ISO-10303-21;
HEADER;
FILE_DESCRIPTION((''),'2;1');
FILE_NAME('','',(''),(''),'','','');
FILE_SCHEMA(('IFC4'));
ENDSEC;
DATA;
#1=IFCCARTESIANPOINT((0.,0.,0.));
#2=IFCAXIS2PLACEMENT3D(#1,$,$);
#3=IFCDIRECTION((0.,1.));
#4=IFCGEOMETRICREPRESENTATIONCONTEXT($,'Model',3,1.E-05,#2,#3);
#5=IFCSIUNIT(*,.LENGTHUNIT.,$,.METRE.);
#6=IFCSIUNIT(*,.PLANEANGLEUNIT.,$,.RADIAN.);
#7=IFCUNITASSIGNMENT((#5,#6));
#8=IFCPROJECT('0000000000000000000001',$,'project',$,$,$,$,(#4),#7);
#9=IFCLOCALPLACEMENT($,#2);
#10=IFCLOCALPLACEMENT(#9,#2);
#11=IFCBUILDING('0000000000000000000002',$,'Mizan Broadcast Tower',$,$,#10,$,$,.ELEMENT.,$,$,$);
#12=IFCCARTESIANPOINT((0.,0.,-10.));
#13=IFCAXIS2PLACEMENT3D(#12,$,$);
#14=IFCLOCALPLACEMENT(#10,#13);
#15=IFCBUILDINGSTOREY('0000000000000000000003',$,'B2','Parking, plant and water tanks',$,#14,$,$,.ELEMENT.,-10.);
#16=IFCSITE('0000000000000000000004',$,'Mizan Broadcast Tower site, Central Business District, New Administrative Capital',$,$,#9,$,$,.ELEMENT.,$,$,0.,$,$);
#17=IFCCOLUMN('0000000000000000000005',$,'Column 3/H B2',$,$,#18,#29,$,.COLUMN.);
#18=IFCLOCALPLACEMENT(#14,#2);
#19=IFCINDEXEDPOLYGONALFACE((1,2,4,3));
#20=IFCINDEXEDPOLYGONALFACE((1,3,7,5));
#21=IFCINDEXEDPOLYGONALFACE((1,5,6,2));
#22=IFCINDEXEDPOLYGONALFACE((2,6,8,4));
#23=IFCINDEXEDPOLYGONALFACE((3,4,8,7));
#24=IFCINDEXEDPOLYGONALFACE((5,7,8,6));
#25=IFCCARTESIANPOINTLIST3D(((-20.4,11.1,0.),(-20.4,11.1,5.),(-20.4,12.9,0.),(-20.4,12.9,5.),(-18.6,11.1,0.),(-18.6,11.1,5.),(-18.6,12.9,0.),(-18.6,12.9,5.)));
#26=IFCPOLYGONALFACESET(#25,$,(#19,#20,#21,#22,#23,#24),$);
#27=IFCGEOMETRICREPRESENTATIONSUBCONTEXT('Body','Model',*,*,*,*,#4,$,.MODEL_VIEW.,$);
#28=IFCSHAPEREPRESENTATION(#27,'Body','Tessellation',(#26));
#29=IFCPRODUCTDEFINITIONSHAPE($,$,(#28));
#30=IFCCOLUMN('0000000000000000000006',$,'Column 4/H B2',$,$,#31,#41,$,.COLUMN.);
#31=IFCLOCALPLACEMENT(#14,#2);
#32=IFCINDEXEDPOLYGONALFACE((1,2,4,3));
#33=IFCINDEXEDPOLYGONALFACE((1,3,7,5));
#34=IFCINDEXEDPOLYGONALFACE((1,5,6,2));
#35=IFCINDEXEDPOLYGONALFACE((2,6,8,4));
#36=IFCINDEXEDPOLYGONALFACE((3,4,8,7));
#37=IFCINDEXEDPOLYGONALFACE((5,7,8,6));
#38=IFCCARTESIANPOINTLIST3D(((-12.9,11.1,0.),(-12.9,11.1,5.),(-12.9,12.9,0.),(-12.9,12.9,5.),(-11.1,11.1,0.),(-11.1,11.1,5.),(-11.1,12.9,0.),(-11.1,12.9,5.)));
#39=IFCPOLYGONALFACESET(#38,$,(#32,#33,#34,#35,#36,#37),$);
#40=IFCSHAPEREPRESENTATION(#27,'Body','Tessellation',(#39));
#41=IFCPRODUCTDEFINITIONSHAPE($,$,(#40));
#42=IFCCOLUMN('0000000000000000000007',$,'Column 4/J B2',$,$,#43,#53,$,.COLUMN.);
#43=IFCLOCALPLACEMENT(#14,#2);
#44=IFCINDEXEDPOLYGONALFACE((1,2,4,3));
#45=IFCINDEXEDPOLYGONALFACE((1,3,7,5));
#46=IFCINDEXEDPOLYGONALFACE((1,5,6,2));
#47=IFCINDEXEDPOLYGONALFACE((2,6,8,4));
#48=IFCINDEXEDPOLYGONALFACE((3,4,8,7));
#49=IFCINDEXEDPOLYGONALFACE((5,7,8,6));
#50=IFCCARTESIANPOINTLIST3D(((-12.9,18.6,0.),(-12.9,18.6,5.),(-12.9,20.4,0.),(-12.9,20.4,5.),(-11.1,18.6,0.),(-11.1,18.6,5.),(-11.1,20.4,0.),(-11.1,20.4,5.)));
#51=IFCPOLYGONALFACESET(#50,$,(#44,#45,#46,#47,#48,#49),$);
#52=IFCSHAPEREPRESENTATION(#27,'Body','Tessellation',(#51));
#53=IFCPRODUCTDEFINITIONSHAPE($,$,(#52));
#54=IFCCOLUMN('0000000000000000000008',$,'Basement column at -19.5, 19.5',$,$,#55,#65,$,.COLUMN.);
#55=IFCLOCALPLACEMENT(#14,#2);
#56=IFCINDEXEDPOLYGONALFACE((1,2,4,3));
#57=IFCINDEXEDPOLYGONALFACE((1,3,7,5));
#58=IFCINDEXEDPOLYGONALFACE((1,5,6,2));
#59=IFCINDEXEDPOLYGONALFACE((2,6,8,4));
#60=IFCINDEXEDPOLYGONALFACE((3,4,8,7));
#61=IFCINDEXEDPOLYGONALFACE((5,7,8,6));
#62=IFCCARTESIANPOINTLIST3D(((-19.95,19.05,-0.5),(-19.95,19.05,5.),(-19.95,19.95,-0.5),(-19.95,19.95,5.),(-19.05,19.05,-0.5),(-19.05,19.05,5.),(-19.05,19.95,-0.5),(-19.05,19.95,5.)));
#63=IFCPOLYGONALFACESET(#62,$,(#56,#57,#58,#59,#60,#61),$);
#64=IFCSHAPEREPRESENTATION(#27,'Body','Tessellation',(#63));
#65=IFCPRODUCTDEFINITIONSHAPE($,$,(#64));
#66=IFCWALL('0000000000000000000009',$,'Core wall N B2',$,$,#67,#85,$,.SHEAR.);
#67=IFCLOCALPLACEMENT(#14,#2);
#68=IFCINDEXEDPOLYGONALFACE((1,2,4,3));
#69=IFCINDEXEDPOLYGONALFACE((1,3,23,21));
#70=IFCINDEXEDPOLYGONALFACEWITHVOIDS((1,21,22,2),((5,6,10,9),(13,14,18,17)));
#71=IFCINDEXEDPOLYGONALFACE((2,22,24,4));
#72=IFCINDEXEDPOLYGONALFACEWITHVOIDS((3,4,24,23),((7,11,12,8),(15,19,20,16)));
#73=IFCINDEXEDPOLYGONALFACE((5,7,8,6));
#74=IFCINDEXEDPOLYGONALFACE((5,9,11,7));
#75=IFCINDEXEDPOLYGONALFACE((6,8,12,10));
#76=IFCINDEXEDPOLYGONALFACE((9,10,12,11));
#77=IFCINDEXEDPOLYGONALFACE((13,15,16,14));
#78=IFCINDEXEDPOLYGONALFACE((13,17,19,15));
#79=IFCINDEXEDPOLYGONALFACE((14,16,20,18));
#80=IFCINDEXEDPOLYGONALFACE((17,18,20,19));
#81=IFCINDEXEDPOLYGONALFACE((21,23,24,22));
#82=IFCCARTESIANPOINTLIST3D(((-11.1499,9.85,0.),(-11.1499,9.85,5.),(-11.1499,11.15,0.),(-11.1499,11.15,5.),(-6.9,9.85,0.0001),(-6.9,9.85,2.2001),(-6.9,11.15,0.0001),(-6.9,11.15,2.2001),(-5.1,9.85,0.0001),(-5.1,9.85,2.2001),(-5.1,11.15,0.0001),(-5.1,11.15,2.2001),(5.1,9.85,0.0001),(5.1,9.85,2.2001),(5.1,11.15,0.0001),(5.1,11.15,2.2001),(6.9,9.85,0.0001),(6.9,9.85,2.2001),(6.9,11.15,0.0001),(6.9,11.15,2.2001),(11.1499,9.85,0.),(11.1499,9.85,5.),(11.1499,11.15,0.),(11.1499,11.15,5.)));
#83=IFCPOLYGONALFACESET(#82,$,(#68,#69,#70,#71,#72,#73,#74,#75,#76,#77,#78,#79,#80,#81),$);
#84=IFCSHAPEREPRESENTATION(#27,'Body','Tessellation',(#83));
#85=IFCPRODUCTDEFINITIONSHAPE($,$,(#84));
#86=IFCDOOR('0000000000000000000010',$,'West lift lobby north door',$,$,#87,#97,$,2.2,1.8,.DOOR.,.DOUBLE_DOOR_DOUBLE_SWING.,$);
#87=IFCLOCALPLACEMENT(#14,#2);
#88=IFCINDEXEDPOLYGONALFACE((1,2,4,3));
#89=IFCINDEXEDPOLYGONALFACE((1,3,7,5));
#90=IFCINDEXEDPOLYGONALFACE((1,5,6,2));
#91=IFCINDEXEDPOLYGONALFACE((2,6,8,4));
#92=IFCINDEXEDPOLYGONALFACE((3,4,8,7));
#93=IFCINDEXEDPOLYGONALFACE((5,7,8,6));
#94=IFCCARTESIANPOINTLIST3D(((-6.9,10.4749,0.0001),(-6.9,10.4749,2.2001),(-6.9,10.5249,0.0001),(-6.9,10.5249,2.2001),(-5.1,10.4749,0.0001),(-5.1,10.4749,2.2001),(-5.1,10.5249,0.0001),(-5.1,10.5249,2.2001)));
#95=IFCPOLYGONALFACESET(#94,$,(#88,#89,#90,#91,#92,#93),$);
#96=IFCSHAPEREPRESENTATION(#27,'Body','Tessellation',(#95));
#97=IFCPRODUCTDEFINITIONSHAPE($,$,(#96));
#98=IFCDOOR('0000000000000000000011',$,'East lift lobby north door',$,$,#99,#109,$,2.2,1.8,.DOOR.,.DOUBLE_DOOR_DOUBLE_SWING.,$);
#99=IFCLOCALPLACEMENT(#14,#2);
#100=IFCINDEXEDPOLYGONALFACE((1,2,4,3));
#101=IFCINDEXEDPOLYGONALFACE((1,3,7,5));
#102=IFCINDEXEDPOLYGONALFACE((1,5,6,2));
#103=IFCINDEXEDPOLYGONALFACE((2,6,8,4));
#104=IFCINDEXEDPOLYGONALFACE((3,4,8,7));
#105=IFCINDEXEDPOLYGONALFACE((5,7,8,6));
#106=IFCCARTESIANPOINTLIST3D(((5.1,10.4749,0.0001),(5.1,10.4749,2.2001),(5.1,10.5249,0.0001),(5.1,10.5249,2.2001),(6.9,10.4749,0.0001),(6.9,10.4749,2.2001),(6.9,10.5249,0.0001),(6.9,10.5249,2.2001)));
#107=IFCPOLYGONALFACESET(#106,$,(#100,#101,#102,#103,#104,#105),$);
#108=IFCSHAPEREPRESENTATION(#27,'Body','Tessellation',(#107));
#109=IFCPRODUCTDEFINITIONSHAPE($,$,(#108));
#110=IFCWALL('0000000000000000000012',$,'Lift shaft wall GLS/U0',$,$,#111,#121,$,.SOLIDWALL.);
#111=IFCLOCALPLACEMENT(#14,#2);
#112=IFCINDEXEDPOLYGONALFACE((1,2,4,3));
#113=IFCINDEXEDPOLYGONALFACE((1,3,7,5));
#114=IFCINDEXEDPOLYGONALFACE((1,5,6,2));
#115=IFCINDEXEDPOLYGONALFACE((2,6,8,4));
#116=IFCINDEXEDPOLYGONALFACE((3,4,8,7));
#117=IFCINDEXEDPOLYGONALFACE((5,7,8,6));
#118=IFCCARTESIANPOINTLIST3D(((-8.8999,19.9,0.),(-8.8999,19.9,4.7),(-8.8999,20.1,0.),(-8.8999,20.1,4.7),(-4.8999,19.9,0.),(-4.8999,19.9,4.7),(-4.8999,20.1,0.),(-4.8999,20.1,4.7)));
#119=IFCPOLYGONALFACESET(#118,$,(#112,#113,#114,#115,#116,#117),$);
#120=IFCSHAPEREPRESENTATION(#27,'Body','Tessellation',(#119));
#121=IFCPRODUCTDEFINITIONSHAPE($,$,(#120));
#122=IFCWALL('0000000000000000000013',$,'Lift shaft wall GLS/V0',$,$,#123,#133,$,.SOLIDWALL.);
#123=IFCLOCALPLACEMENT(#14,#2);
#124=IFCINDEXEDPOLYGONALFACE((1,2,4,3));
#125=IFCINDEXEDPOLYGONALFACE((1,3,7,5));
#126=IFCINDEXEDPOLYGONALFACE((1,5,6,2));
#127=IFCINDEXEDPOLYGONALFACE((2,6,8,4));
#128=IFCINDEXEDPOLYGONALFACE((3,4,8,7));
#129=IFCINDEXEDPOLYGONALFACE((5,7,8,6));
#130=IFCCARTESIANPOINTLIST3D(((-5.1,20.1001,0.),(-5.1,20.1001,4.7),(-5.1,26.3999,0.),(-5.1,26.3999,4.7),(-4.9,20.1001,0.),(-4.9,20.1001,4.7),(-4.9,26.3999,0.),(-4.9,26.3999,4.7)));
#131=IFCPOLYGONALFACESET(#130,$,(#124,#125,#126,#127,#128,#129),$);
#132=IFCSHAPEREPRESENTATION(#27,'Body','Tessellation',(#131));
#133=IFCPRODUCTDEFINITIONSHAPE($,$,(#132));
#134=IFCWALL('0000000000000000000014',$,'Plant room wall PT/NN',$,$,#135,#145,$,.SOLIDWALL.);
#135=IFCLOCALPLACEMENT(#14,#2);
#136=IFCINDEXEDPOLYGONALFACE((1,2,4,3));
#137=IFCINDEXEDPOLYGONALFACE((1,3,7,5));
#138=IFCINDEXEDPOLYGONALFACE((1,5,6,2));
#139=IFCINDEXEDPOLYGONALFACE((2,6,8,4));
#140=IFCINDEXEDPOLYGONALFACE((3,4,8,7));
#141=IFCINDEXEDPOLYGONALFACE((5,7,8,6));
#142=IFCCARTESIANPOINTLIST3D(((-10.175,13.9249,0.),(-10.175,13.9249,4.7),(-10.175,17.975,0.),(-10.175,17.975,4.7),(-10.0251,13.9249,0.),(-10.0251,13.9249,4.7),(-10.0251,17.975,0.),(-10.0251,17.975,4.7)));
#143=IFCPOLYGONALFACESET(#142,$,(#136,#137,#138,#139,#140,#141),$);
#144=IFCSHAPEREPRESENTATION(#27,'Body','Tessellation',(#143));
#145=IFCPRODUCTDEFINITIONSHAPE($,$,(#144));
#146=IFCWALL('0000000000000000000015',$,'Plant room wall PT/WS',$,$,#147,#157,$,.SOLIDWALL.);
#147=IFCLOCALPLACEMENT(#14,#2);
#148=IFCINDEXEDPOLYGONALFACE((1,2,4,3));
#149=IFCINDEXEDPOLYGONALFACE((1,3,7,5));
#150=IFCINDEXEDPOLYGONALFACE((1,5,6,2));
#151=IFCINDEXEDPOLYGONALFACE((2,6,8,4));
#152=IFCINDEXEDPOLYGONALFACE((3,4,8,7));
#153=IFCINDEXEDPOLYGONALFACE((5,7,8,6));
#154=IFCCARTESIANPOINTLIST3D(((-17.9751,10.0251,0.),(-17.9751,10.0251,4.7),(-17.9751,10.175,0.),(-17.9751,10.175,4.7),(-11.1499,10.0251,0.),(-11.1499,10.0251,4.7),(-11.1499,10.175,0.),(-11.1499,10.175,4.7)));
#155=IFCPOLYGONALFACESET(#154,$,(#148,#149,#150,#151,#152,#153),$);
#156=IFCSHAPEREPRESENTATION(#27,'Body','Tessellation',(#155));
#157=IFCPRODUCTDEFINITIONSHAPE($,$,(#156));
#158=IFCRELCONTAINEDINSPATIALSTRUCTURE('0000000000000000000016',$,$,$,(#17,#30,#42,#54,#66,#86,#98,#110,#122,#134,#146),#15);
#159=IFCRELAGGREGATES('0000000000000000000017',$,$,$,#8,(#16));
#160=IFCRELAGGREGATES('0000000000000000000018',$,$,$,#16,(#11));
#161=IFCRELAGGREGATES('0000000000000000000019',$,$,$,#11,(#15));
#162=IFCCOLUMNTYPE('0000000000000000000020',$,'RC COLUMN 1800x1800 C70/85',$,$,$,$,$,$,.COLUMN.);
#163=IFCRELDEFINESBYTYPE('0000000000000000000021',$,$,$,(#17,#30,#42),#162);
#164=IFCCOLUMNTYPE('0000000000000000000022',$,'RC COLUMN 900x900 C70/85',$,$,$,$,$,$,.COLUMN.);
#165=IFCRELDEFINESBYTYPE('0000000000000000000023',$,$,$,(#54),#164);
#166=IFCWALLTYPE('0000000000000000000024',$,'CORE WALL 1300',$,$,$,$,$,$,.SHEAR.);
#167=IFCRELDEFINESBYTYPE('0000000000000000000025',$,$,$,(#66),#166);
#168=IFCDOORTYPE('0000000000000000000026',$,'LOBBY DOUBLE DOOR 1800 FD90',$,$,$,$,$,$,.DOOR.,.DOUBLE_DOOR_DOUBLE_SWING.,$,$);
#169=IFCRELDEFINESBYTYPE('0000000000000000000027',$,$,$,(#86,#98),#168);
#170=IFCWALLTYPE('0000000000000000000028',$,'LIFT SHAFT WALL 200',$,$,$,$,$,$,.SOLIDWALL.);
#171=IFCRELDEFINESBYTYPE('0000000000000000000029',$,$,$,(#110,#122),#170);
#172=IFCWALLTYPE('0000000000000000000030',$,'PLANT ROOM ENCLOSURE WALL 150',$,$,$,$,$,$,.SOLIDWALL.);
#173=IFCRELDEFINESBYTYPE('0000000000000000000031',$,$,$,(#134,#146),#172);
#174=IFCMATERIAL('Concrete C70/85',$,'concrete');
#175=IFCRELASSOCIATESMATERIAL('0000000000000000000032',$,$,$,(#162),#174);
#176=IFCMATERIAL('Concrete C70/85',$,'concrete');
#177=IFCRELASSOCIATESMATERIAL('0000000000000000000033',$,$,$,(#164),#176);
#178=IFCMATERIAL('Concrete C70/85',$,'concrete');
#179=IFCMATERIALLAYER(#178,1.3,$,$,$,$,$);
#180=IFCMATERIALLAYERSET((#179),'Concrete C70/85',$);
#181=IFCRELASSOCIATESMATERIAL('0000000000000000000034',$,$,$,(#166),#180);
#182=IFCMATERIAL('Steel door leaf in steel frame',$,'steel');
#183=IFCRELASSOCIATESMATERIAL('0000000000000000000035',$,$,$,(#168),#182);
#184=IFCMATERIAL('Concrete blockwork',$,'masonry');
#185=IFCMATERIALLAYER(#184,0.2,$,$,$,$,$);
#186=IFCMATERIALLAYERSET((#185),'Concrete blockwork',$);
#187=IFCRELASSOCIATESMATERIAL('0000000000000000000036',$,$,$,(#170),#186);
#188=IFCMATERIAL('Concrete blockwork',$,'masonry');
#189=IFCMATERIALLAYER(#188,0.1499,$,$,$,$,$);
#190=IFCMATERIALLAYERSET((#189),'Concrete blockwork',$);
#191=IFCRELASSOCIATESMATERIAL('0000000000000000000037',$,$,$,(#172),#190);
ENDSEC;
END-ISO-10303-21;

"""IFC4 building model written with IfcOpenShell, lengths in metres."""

from ifc_helpers import new_model, si_unit, direction, frame, frame_2d, origin, origin_2d, place, context, subcontext, project, spatial, rectangle, extrude, material, layer, layer_set, material_profile, profile_set, type_object, element, fill, save


model = new_model("IFC4")

# Units and contexts
model_context = context("Model", 3, precision=1e-05, world=origin(), true_north=direction((0.0, 1.0)))
body_context = subcontext(model_context, "Body", "Model", "MODEL_VIEW")
ifc_project = project(units=[si_unit("LENGTHUNIT", "METRE"), si_unit("PLANEANGLEUNIT", "RADIAN")], contexts=[model_context])

# Site, building, storey
site_placement = place(None, origin())
site = spatial("IfcSite", under=ifc_project, at=site_placement, Name="Mizan Broadcast Tower site, Central Business District, New Administrative Capital", CompositionType="ELEMENT", RefElevation=0.0)
building_placement = place(site_placement, origin())
building = spatial("IfcBuilding", under=site, at=building_placement, Name="Mizan Broadcast Tower", CompositionType="ELEMENT")
storey_placement = place(building_placement, frame((0.0, 0.0, -10.0)))
storey = spatial("IfcBuildingStorey", under=building, at=storey_placement, Name="B2", Description="Parking, plant and water tanks", CompositionType="ELEMENT", Elevation=-10.0)

# Columns
ifc_material_1 = material(Name="Concrete C70/85", Category="concrete")
ifc_material_profile_1 = material_profile(ifc_material_1, rectangle(XDim=1.8, YDim=1.8, at=origin_2d()), Name="RC 1800x1800")
ifc_profile_set_1 = profile_set([ifc_material_profile_1], Name="Concrete C70/85")
column_type_1 = type_object("IfcColumnType", Name="RC COLUMN 1800x1800 C70/85", PredefinedType="COLUMN", material=ifc_profile_set_1)
for number, where, z_axis, x_axis, name in (
    (1, (-19.5, 12.0, 0.0), (0.0, 0.0, 1.0), (1.0, 0.0, 0.0), "Column 3/H B2"),
    (2, (-12.0, 12.0, 0.0), (0.0, 0.0, 1.0), (1.0, 0.0, 0.0), "Column 4/H B2"),
    (3, (-12.0, 19.5, 0.0), (0.0, 0.0, 1.0), (1.0, 0.0, 0.0), "Column 4/J B2"),
):
    element("IfcColumn", number, at=place(storey_placement, frame(where, z_axis=z_axis, x_axis=x_axis)), inside=storey, type_object=column_type_1, Name=name, PredefinedType="COLUMN", context=body_context, shape_type="SweptSolid", body=[
        extrude(rectangle(XDim=1.8, YDim=1.8, at=origin_2d()), origin(), (0.0, 0.0, 1.0), 5.0),
    ])
ifc_material_2 = material(Name="Concrete C70/85", Category="concrete")
ifc_material_profile_2 = material_profile(ifc_material_2, rectangle(XDim=0.8999, YDim=0.8999, at=origin_2d()), Name="RC 900x900")
ifc_profile_set_2 = profile_set([ifc_material_profile_2], Name="Concrete C70/85")
column_type_2 = type_object("IfcColumnType", Name="RC COLUMN 900x900 C70/85", PredefinedType="COLUMN", material=ifc_profile_set_2)
column_placement = place(storey_placement, frame((-19.5, 19.5, -0.5), z_axis=(0.0, 0.0, 1.0), x_axis=(1.0, 0.0, 0.0)))
element("IfcColumn", 4, at=column_placement, inside=storey, type_object=column_type_2, Name="Basement column at -19.5, 19.5", PredefinedType="COLUMN", context=body_context, shape_type="SweptSolid", body=[
    extrude(rectangle(XDim=0.8999, YDim=0.8999, at=origin_2d()), origin(), (0.0, 0.0, 1.0), 5.5),
])

# Wall, openings, doors
ifc_material_3 = material(Name="Concrete C70/85", Category="concrete")
ifc_layer_1 = layer(ifc_material_3, 1.3)
ifc_layer_set_1 = layer_set([ifc_layer_1], Name="Concrete C70/85")
wall_type_1 = type_object("IfcWallType", Name="CORE WALL 1300", PredefinedType="SHEAR", material=ifc_layer_set_1)
wall_1_placement = place(storey_placement, frame((-11.1499, 10.5, 0.0), z_axis=(0.0, 0.0, 1.0), x_axis=(1.0, 0.0, 0.0)))
wall_1 = element("IfcWall", 5, at=wall_1_placement, inside=storey, type_object=wall_type_1, Name="Core wall N B2", PredefinedType="SHEAR", context=body_context, shape_type="SweptSolid", body=[
    extrude(rectangle(XDim=22.2998, YDim=1.3, at=frame_2d((11.1499, 0.0))), origin(), (0.0, 0.0, 1.0), 5.0),
])
opening_1_placement = place(wall_1_placement, frame((4.25, 0.0, 0.0)))
opening_1 = element("IfcOpeningElement", 6, at=opening_1_placement, cuts=wall_1, PredefinedType="OPENING", context=body_context, shape_type="SweptSolid", body=[
    extrude(rectangle(XDim=1.8, YDim=2.2, at=frame_2d((0.8999, 1.1001))), frame((0.0, 0.6599, 0.0), z_axis=(0.0, -1.0, 0.0), x_axis=(1.0, 0.0, 0.0)), (0.0, 0.0, 1.0), 1.3201),
])
opening_2_placement = place(wall_1_placement, frame((16.25, 0.0, 0.0)))
opening_2 = element("IfcOpeningElement", 7, at=opening_2_placement, cuts=wall_1, PredefinedType="OPENING", context=body_context, shape_type="SweptSolid", body=[
    extrude(rectangle(XDim=1.8, YDim=2.2, at=frame_2d((0.8999, 1.1001))), frame((0.0, 0.6599, 0.0), z_axis=(0.0, -1.0, 0.0), x_axis=(1.0, 0.0, 0.0)), (0.0, 0.0, 1.0), 1.3201),
])
ifc_material_4 = material(Name="Steel door leaf in steel frame", Category="steel")
door_type_1 = type_object("IfcDoorType", Name="LOBBY DOUBLE DOOR 1800 FD90", OperationType="DOUBLE_DOOR_DOUBLE_SWING", PredefinedType="DOOR", material=ifc_material_4)
door_1_placement = place(opening_1_placement, origin())
door_1 = element("IfcDoor", 8, at=door_1_placement, inside=storey, type_object=door_type_1, Name="West lift lobby north door", OperationType="DOUBLE_DOOR_DOUBLE_SWING", OverallHeight=2.2, OverallWidth=1.8, PredefinedType="DOOR", context=body_context, shape_type="SweptSolid", body=[
    extrude(rectangle(XDim=1.8, YDim=2.2, at=frame_2d((0.8999, 1.1001))), frame((0.0, 0.0249, 0.0), z_axis=(0.0, -1.0, 0.0), x_axis=(1.0, 0.0, 0.0)), (0.0, 0.0, 1.0), 0.05),
])
fill(opening_1, door_1)
door_2_placement = place(opening_2_placement, origin())
door_2 = element("IfcDoor", 9, at=door_2_placement, inside=storey, type_object=door_type_1, Name="East lift lobby north door", OperationType="DOUBLE_DOOR_DOUBLE_SWING", OverallHeight=2.2, OverallWidth=1.8, PredefinedType="DOOR", context=body_context, shape_type="SweptSolid", body=[
    extrude(rectangle(XDim=1.8, YDim=2.2, at=frame_2d((0.8999, 1.1001))), frame((0.0, 0.0249, 0.0), z_axis=(0.0, -1.0, 0.0), x_axis=(1.0, 0.0, 0.0)), (0.0, 0.0, 1.0), 0.05),
])
fill(opening_2, door_2)

# Walls
ifc_material_5 = material(Name="Concrete blockwork", Category="masonry")
ifc_layer_2 = layer(ifc_material_5, 0.2)
ifc_layer_set_2 = layer_set([ifc_layer_2], Name="Concrete blockwork")
wall_type_2 = type_object("IfcWallType", Name="LIFT SHAFT WALL 200", PredefinedType="SOLIDWALL", material=ifc_layer_set_2)
wall_2_placement = place(storey_placement, frame((-4.8999, 20.0, 0.0), z_axis=(0.0, 0.0, 1.0), x_axis=(-1.0, 0.0, 0.0)))
element("IfcWall", 10, at=wall_2_placement, inside=storey, type_object=wall_type_2, Name="Lift shaft wall GLS/U0", PredefinedType="SOLIDWALL", context=body_context, shape_type="SweptSolid", body=[
    extrude(rectangle(XDim=4.0, YDim=0.2, at=frame_2d((2.0, 0.0))), origin(), (0.0, 0.0, 1.0), 4.7),
])
wall_3_placement = place(storey_placement, frame((-5.0, 20.1001, 0.0), z_axis=(0.0, 0.0, 1.0), x_axis=(0.0, 1.0, 0.0)))
element("IfcWall", 11, at=wall_3_placement, inside=storey, type_object=wall_type_2, Name="Lift shaft wall GLS/V0", PredefinedType="SOLIDWALL", context=body_context, shape_type="SweptSolid", body=[
    extrude(rectangle(XDim=6.2998, YDim=0.2, at=frame_2d((3.1499, 0.0))), origin(), (0.0, 0.0, 1.0), 4.7),
])
ifc_material_6 = material(Name="Concrete blockwork", Category="masonry")
ifc_layer_3 = layer(ifc_material_6, 0.1499)
ifc_layer_set_3 = layer_set([ifc_layer_3], Name="Concrete blockwork")
wall_type_3 = type_object("IfcWallType", Name="PLANT ROOM ENCLOSURE WALL 150", PredefinedType="SOLIDWALL", material=ifc_layer_set_3)
wall_4_placement = place(storey_placement, frame((-10.1001, 13.925, 0.0), z_axis=(0.0, 0.0, 1.0), x_axis=(0.0, 1.0, 0.0)))
element("IfcWall", 12, at=wall_4_placement, inside=storey, type_object=wall_type_3, Name="Plant room wall PT/NN", PredefinedType="SOLIDWALL", context=body_context, shape_type="SweptSolid", body=[
    extrude(rectangle(XDim=4.05, YDim=0.1499, at=frame_2d((2.0249, 0.0))), origin(), (0.0, 0.0, 1.0), 4.7),
])
wall_5_placement = place(storey_placement, frame((-11.1499, 10.1001, 0.0), z_axis=(0.0, 0.0, 1.0), x_axis=(-1.0, 0.0, 0.0)))
element("IfcWall", 13, at=wall_5_placement, inside=storey, type_object=wall_type_3, Name="Plant room wall PT/WS", PredefinedType="SOLIDWALL", context=body_context, shape_type="SweptSolid", body=[
    extrude(rectangle(XDim=6.8252, YDim=0.1499, at=frame_2d((3.4126, 0.0))), origin(), (0.0, 0.0, 1.0), 4.7),
])

save(model, "model.ifc")
